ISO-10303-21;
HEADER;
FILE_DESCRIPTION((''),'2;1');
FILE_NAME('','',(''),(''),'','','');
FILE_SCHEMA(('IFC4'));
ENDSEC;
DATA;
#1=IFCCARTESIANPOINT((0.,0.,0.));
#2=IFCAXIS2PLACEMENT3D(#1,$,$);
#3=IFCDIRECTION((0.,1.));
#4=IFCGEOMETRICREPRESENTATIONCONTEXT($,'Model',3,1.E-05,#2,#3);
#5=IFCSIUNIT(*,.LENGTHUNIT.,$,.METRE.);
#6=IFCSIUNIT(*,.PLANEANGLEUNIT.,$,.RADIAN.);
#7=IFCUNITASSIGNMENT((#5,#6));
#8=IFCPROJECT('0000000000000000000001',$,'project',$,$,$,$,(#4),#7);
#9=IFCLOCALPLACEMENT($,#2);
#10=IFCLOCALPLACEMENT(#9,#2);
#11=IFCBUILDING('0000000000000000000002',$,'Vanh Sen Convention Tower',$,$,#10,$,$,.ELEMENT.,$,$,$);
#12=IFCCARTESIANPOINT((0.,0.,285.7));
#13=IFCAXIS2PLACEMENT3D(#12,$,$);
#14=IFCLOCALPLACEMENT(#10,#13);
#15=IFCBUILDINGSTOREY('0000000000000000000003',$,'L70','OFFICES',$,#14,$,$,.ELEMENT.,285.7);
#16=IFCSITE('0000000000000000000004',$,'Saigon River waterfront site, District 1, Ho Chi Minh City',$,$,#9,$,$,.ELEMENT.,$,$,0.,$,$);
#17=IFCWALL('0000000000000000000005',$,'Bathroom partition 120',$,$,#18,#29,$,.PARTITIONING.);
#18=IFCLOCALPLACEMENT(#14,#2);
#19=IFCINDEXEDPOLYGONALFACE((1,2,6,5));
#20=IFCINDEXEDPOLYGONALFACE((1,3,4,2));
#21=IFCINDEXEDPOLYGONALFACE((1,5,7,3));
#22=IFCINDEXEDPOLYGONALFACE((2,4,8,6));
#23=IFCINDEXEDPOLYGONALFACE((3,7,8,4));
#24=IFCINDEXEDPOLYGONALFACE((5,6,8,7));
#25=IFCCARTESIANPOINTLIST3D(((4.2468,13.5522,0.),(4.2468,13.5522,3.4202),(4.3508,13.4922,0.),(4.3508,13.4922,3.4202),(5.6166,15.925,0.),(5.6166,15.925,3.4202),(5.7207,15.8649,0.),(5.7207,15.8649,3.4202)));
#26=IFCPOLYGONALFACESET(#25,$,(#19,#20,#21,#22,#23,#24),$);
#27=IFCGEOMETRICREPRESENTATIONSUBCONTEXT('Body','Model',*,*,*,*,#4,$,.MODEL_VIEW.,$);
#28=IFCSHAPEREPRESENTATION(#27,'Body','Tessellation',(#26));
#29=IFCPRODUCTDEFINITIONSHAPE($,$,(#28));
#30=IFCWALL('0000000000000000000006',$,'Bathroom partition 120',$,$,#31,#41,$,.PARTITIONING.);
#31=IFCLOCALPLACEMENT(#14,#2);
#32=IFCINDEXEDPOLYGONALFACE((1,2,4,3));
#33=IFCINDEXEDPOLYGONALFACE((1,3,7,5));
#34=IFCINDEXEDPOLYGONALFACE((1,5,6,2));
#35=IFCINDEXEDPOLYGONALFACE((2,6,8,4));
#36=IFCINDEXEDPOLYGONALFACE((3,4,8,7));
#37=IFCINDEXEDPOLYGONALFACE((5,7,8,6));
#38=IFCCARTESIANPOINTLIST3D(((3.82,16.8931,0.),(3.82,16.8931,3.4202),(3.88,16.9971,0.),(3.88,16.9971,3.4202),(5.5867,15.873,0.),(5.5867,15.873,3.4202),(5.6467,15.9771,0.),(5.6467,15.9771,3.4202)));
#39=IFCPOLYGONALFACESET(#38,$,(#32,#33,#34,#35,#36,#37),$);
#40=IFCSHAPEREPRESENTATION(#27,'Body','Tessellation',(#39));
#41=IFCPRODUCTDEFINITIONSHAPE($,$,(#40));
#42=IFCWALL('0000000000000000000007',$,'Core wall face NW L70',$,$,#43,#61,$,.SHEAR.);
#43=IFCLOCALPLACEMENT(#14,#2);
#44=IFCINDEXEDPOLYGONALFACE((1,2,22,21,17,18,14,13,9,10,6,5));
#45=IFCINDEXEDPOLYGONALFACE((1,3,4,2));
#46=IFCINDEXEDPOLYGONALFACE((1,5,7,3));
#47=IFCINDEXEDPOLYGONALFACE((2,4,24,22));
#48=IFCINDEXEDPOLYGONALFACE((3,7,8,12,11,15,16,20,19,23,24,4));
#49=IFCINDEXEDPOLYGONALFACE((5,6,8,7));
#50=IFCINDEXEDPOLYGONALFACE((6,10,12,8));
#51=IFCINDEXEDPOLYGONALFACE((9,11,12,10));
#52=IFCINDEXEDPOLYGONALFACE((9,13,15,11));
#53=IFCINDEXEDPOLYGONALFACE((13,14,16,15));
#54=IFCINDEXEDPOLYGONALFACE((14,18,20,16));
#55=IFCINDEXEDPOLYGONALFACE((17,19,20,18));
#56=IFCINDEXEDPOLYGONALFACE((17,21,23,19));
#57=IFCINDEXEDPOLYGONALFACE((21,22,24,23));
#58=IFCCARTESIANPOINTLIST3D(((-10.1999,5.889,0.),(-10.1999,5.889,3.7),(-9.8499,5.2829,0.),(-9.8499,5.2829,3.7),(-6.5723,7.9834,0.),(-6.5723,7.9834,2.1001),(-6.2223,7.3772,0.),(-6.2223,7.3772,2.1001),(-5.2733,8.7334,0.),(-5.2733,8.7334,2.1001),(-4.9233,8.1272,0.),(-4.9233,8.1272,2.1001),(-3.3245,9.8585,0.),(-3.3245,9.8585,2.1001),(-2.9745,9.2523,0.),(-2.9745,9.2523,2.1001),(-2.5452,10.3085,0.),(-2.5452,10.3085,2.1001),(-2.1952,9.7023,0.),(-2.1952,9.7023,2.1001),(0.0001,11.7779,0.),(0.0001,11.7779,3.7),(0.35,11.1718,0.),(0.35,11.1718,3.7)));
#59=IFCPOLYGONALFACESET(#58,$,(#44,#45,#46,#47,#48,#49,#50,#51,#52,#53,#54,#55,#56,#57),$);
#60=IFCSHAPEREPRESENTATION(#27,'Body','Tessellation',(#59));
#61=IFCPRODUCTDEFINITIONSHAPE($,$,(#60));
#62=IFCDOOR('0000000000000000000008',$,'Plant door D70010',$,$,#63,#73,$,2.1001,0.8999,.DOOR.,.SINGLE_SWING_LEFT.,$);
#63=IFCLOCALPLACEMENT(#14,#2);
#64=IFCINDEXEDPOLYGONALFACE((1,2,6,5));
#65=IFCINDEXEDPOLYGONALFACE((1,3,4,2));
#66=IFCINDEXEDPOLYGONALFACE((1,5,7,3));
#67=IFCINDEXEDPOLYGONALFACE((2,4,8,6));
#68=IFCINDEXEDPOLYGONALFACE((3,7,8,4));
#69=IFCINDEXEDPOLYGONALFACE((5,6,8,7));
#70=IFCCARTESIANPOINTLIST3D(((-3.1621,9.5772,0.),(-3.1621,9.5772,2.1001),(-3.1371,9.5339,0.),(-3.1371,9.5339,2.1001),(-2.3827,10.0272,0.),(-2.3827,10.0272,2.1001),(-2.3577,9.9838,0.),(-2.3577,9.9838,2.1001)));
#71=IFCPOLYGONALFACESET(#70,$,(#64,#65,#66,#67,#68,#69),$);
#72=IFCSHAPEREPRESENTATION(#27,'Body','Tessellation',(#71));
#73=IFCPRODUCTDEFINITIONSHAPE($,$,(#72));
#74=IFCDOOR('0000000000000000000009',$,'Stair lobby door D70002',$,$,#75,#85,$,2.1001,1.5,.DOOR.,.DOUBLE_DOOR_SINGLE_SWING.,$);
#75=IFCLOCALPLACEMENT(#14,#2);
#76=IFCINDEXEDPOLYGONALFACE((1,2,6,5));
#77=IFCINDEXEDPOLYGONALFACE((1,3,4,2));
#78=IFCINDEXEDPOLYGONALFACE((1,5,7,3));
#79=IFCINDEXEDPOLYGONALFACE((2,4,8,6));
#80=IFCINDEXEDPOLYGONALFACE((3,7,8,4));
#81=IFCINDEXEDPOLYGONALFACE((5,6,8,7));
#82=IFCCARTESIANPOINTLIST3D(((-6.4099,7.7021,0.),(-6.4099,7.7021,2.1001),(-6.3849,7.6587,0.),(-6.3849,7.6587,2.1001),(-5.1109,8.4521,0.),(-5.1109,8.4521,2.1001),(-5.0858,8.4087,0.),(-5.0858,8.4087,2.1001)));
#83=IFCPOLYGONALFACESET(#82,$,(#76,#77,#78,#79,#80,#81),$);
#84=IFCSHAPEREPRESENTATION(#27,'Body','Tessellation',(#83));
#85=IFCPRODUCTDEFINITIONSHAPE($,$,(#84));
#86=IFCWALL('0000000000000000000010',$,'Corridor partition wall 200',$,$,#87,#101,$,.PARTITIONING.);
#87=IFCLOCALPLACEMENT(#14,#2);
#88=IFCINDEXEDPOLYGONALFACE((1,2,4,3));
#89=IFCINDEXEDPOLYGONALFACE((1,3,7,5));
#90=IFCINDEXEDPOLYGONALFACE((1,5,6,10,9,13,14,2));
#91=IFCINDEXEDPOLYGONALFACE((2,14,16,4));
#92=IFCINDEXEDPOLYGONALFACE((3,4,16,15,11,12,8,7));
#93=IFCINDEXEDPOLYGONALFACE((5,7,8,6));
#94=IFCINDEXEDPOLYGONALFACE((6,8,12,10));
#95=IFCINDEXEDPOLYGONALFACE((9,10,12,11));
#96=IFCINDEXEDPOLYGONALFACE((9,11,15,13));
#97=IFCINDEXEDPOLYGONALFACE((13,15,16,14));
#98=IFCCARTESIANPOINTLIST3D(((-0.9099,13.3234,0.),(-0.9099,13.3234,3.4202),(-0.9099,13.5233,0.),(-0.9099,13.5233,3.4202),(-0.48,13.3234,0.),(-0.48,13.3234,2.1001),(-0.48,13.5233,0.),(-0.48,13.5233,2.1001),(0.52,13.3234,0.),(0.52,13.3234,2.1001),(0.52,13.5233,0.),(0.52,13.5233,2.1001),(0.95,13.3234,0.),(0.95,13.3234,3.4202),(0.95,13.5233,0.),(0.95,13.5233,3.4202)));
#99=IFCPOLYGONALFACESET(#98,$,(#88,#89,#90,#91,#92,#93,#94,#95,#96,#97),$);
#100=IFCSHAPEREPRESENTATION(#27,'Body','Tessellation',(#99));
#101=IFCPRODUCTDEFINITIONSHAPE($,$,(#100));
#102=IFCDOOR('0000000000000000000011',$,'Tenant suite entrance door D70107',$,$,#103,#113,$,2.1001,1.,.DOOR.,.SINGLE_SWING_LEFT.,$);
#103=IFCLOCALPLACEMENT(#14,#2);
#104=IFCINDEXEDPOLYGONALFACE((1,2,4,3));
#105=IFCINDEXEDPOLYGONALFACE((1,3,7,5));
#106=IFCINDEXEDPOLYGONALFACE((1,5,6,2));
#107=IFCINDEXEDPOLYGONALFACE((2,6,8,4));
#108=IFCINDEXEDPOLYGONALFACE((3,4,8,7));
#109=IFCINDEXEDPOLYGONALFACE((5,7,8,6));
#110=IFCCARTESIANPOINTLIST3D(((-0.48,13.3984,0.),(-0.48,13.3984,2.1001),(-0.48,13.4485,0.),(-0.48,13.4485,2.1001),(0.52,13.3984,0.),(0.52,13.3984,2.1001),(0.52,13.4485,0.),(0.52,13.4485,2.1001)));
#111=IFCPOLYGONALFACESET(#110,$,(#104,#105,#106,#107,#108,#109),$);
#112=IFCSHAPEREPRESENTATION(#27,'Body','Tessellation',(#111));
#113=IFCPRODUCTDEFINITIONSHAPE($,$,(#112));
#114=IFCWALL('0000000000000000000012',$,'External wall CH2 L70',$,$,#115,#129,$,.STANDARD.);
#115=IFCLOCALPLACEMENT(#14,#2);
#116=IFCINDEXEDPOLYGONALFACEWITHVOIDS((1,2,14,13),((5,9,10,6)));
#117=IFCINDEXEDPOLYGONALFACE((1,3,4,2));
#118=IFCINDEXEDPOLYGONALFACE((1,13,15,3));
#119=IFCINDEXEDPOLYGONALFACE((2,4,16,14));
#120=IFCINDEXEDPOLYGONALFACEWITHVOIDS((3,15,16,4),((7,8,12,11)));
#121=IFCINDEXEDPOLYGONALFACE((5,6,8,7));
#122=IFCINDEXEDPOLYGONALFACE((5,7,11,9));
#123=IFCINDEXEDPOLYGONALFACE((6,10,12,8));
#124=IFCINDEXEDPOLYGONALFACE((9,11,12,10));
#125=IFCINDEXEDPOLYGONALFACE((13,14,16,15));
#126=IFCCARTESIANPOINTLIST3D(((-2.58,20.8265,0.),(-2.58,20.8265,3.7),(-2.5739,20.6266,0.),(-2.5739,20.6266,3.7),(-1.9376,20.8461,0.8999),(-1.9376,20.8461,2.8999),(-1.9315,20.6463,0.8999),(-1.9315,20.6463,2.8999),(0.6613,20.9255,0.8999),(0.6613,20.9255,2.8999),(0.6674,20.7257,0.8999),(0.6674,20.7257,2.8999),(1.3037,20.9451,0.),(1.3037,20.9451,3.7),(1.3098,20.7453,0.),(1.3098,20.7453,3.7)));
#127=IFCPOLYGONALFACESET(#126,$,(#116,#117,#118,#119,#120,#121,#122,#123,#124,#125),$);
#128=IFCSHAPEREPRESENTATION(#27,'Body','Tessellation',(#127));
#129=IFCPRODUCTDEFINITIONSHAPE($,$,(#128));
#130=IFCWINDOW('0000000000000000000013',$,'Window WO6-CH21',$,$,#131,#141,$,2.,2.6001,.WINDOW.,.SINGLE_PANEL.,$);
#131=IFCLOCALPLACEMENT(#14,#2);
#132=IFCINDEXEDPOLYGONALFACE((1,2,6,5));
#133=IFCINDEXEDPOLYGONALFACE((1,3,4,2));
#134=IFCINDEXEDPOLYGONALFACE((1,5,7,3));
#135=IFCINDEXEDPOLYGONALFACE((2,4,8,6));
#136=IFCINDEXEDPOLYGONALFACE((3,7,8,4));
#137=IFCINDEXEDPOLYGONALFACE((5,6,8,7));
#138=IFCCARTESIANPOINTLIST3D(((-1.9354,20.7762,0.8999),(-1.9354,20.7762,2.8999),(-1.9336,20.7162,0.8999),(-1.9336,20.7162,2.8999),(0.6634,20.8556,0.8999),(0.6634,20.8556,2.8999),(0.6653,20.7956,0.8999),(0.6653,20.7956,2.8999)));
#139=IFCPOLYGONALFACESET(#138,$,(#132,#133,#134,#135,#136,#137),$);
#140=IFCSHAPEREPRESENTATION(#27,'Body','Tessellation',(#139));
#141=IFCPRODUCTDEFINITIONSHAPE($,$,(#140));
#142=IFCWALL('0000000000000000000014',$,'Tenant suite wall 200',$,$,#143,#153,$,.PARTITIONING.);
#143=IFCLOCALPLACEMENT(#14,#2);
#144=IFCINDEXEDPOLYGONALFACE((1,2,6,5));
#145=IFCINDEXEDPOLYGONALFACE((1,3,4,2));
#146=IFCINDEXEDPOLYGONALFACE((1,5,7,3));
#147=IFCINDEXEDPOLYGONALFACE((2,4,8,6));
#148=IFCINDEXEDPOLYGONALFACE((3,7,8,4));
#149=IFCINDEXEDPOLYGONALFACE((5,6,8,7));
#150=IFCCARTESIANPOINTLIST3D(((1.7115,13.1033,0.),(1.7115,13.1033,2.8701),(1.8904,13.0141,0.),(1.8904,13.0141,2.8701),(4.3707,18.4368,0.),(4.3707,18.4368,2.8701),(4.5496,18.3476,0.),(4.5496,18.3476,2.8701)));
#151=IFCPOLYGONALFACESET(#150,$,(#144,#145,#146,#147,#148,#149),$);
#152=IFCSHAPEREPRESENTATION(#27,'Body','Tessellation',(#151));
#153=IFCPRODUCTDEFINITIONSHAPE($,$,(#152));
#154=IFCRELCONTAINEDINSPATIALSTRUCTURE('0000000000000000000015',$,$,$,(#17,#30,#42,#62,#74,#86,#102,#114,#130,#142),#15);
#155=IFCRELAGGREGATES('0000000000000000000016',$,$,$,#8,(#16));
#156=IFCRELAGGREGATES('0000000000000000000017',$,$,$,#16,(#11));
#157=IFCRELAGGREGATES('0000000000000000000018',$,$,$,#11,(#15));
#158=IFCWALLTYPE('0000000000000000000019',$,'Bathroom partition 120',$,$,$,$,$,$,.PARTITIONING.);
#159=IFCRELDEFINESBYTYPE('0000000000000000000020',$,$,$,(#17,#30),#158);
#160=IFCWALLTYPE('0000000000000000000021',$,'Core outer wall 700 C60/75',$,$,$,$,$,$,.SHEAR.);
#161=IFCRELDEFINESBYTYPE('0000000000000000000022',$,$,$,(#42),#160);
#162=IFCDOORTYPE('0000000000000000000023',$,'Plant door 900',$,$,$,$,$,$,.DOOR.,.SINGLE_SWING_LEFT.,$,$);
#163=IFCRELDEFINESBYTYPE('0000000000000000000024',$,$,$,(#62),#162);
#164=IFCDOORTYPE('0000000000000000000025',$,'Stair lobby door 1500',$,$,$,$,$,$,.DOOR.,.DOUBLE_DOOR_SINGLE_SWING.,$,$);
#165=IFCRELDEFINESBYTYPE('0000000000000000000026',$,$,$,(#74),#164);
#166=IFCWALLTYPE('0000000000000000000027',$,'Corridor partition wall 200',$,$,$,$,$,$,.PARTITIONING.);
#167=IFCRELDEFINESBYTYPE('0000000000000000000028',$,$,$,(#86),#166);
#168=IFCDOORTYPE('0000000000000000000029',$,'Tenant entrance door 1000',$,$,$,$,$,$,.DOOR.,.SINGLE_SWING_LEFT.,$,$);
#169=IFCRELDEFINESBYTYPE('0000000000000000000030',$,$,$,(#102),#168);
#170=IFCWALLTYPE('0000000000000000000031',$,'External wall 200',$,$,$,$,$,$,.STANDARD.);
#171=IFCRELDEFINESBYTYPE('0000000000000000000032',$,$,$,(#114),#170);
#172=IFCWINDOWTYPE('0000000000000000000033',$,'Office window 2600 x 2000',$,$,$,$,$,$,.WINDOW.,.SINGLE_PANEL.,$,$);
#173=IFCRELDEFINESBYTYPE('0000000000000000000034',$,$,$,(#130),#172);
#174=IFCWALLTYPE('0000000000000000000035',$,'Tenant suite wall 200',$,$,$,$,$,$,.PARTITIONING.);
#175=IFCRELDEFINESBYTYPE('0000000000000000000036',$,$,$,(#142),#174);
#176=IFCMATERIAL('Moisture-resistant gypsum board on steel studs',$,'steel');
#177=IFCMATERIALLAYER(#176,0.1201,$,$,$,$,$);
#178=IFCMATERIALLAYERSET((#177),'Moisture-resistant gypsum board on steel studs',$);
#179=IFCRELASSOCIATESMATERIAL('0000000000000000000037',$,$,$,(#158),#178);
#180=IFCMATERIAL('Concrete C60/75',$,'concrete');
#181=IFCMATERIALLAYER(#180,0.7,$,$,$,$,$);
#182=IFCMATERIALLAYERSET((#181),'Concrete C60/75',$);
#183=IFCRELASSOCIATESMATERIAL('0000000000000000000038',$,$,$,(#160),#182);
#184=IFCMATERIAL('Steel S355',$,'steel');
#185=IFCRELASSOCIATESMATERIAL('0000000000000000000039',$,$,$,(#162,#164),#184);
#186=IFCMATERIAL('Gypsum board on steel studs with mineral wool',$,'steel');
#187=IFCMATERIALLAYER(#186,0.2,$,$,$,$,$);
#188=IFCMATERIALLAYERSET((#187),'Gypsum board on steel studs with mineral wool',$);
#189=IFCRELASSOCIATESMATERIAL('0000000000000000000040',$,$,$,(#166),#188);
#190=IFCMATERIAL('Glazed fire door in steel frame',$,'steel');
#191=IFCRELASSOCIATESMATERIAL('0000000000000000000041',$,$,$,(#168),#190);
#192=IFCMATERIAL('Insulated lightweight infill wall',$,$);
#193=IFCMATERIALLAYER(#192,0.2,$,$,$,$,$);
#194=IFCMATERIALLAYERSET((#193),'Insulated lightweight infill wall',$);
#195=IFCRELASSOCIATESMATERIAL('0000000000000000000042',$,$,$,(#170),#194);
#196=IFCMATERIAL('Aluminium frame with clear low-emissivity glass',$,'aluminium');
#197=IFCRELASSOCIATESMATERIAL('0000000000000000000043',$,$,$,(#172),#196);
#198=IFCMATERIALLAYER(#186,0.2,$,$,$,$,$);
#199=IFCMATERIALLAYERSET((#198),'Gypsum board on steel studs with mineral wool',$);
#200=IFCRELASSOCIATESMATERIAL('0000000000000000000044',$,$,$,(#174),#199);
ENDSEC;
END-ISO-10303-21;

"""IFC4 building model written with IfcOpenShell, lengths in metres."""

from ifc_helpers import new_model, si_unit, direction, frame, frame_2d, origin, place, context, subcontext, project, spatial, rectangle, extrude, material, layer, layer_set, type_object, element, fill, save


model = new_model("IFC4")

# Units and contexts
model_context = context("Model", 3, precision=1e-05, world=origin(), true_north=direction((0.0, 1.0)))
body_context = subcontext(model_context, "Body", "Model", "MODEL_VIEW")
ifc_project = project(units=[si_unit("LENGTHUNIT", "METRE"), si_unit("PLANEANGLEUNIT", "RADIAN")], contexts=[model_context])

# Site, building, storey
site_placement = place(None, origin())
site = spatial("IfcSite", under=ifc_project, at=site_placement, Name="Saigon River waterfront site, District 1, Ho Chi Minh City", CompositionType="ELEMENT", RefElevation=0.0)
building_placement = place(site_placement, origin())
building = spatial("IfcBuilding", under=site, at=building_placement, Name="Vanh Sen Convention Tower", CompositionType="ELEMENT")
storey_placement = place(building_placement, frame((0.0, 0.0, 285.7)))
storey = spatial("IfcBuildingStorey", under=building, at=storey_placement, Name="L70", Description="OFFICES", CompositionType="ELEMENT", Elevation=285.7)

# Shared definitions
ifc_material_1 = material(Name="Concrete C60/75", Category="concrete")

# Walls
ifc_material_2 = material(Name="Moisture-resistant gypsum board on steel studs", Category="steel")
ifc_layer_1 = layer(ifc_material_2, 0.1201)
ifc_layer_set_1 = layer_set([ifc_layer_1], Name="Moisture-resistant gypsum board on steel studs")
wall_type_1 = type_object("IfcWallType", Name="Bathroom partition 120", PredefinedType="PARTITIONING", material=ifc_layer_set_1)
wall_1_placement = place(storey_placement, frame((4.2988, 13.5222, 0.0), z_axis=(0.0, 0.0, 1.0), x_axis=(0.499982, 0.866036, 0.0)))
element("IfcWall", 1, at=wall_1_placement, inside=storey, type_object=wall_type_1, Name="Bathroom partition 120", PredefinedType="PARTITIONING", context=body_context, shape_type="SweptSolid", body=[
    extrude(rectangle(XDim=2.7397, YDim=0.1201, at=frame_2d((1.3699, 0.0))), origin(), (0.0, 0.0, 1.0), 3.4202),
])
wall_2_placement = place(storey_placement, frame((5.6167, 15.925, 0.0), z_axis=(0.0, 0.0, 1.0), x_axis=(-0.86601, 0.500026, 0.0)))
element("IfcWall", 2, at=wall_2_placement, inside=storey, type_object=wall_type_1, Name="Bathroom partition 120", PredefinedType="PARTITIONING", context=body_context, shape_type="SweptSolid", body=[
    extrude(rectangle(XDim=2.04, YDim=0.1201, at=frame_2d((1.02, 0.0))), origin(), (0.0, 0.0, 1.0), 3.4202),
])

# Wall, openings, doors
ifc_layer_2 = layer(ifc_material_1, 0.7)
ifc_layer_set_2 = layer_set([ifc_layer_2], Name="Concrete C60/75")
wall_type_2 = type_object("IfcWallType", Name="Core outer wall 700 C60/75", PredefinedType="SHEAR", material=ifc_layer_set_2)
wall_3_placement = place(storey_placement, frame((0.175, 11.4749, 0.0), z_axis=(0.0, 0.0, 1.0), x_axis=(-0.866026, -0.499998, 0.0)))
wall_3 = element("IfcWall", 3, at=wall_3_placement, inside=storey, type_object=wall_type_2, Name="Core wall face NW L70", PredefinedType="SHEAR", context=body_context, shape_type="SweptSolid", body=[
    extrude(rectangle(XDim=11.7778, YDim=0.7, at=frame_2d((5.8889, 0.0))), origin(), (0.0, 0.0, 1.0), 3.7),
])
opening_1_placement = place(wall_3_placement, frame((6.0891, 0.0, 0.0)))
opening_1 = element("IfcOpeningElement", 4, at=opening_1_placement, cuts=wall_3, PredefinedType="OPENING", context=body_context, shape_type="SweptSolid", body=[
    extrude(rectangle(XDim=1.5, YDim=2.1001, at=frame_2d((0.75, 1.05))), frame((0.0, 0.3599, 0.0), z_axis=(0.0, -1.0, 0.0), x_axis=(1.0, 0.0, 0.0)), (0.0, 0.0, 1.0), 0.72),
])
opening_2_placement = place(wall_3_placement, frame((2.939, 0.0, 0.0)))
opening_2 = element("IfcOpeningElement", 5, at=opening_2_placement, cuts=wall_3, PredefinedType="OPENING", context=body_context, shape_type="SweptSolid", body=[
    extrude(rectangle(XDim=0.8999, YDim=2.1001, at=frame_2d((0.45, 1.05))), frame((0.0, 0.3599, 0.0), z_axis=(0.0, -1.0, 0.0), x_axis=(1.0, 0.0, 0.0)), (0.0, 0.0, 1.0), 0.72),
])
ifc_material_3 = material(Name="Steel S355", Category="steel")
door_type_1 = type_object("IfcDoorType", Name="Plant door 900", OperationType="SINGLE_SWING_LEFT", PredefinedType="DOOR", material=ifc_material_3)
door_1_placement = place(opening_2_placement, origin())
door_1 = element("IfcDoor", 6, at=door_1_placement, inside=storey, type_object=door_type_1, Name="Plant door D70010", OperationType="SINGLE_SWING_LEFT", OverallHeight=2.1001, OverallWidth=0.8999, PredefinedType="DOOR", context=body_context, shape_type="SweptSolid", body=[
    extrude(rectangle(XDim=0.8999, YDim=2.1001, at=frame_2d((0.45, 1.05))), frame((0.0, 0.0249, 0.0), z_axis=(0.0, -1.0, 0.0), x_axis=(1.0, 0.0, 0.0)), (0.0, 0.0, 1.0), 0.05),
])
fill(opening_2, door_1)
door_type_2 = type_object("IfcDoorType", Name="Stair lobby door 1500", OperationType="DOUBLE_DOOR_SINGLE_SWING", PredefinedType="DOOR", material=ifc_material_3)
door_2_placement = place(opening_1_placement, origin())
door_2 = element("IfcDoor", 7, at=door_2_placement, inside=storey, type_object=door_type_2, Name="Stair lobby door D70002", OperationType="DOUBLE_DOOR_SINGLE_SWING", OverallHeight=2.1001, OverallWidth=1.5, PredefinedType="DOOR", context=body_context, shape_type="SweptSolid", body=[
    extrude(rectangle(XDim=1.5, YDim=2.1001, at=frame_2d((0.75, 1.05))), frame((0.0, 0.0249, 0.0), z_axis=(0.0, -1.0, 0.0), x_axis=(1.0, 0.0, 0.0)), (0.0, 0.0, 1.0), 0.05),
])
fill(opening_1, door_2)

# Wall, opening, door
ifc_material_4 = material(Name="Gypsum board on steel studs with mineral wool", Category="steel")
ifc_layer_3 = layer(ifc_material_4, 0.2)
ifc_layer_set_3 = layer_set([ifc_layer_3], Name="Gypsum board on steel studs with mineral wool")
wall_type_3 = type_object("IfcWallType", Name="Corridor partition wall 200", PredefinedType="PARTITIONING", material=ifc_layer_set_3)
wall_4_placement = place(storey_placement, frame((0.95, 13.4233, 0.0), z_axis=(0.0, 0.0, 1.0), x_axis=(-1.0, 0.0, 0.0)))
wall_4 = element("IfcWall", 8, at=wall_4_placement, inside=storey, type_object=wall_type_3, Name="Corridor partition wall 200", PredefinedType="PARTITIONING", context=body_context, shape_type="SweptSolid", body=[
    extrude(rectangle(XDim=1.8599, YDim=0.2, at=frame_2d((0.9299, 0.0))), origin(), (0.0, 0.0, 1.0), 3.4202),
])
opening_3_placement = place(wall_4_placement, frame((0.4299, 0.0, 0.0)))
opening_3 = element("IfcOpeningElement", 9, at=opening_3_placement, cuts=wall_4, PredefinedType="OPENING", context=body_context, shape_type="SweptSolid", body=[
    extrude(rectangle(XDim=1.0, YDim=2.1001, at=frame_2d((0.5, 1.05))), frame((0.0, 0.1099, 0.0), z_axis=(0.0, -1.0, 0.0), x_axis=(1.0, 0.0, 0.0)), (0.0, 0.0, 1.0), 0.22),
])
ifc_material_5 = material(Name="Glazed fire door in steel frame", Category="steel")
door_type_3 = type_object("IfcDoorType", Name="Tenant entrance door 1000", OperationType="SINGLE_SWING_LEFT", PredefinedType="DOOR", material=ifc_material_5)
door_3_placement = place(opening_3_placement, origin())
door_3 = element("IfcDoor", 10, at=door_3_placement, inside=storey, type_object=door_type_3, Name="Tenant suite entrance door D70107", OperationType="SINGLE_SWING_LEFT", OverallHeight=2.1001, OverallWidth=1.0, PredefinedType="DOOR", context=body_context, shape_type="SweptSolid", body=[
    extrude(rectangle(XDim=1.0, YDim=2.1001, at=frame_2d((0.5, 1.05))), frame((0.0, 0.0249, 0.0), z_axis=(0.0, -1.0, 0.0), x_axis=(1.0, 0.0, 0.0)), (0.0, 0.0, 1.0), 0.05),
])
fill(opening_3, door_3)

# Wall, opening, window
ifc_material_6 = material(Name="Insulated lightweight infill wall")
ifc_layer_4 = layer(ifc_material_6, 0.2)
ifc_layer_set_4 = layer_set([ifc_layer_4], Name="Insulated lightweight infill wall")
wall_type_4 = type_object("IfcWallType", Name="External wall 200", PredefinedType="STANDARD", material=ifc_layer_set_4)
wall_5_placement = place(storey_placement, frame((1.3069, 20.8452, 0.0), z_axis=(0.0, 0.0, 1.0), x_axis=(-0.999534, -0.030536, 0.0)))
wall_5 = element("IfcWall", 11, at=wall_5_placement, inside=storey, type_object=wall_type_4, Name="External wall CH2 L70", PredefinedType="STANDARD", context=body_context, shape_type="SweptSolid", body=[
    extrude(rectangle(XDim=3.8855, YDim=0.2, at=frame_2d((1.9429, 0.0))), origin(), (0.0, 0.0, 1.0), 3.7),
])
opening_4_placement = place(wall_5_placement, frame((0.6428, 0.0, 0.8999)))
opening_4 = element("IfcOpeningElement", 12, at=opening_4_placement, cuts=wall_5, PredefinedType="OPENING", context=body_context, shape_type="SweptSolid", body=[
    extrude(rectangle(XDim=2.6001, YDim=2.0, at=frame_2d((1.3, 1.0))), frame((0.0, 0.1099, 0.0), z_axis=(0.0, -1.0, 0.0), x_axis=(1.0, 0.0, 0.0)), (0.0, 0.0, 1.0), 0.22),
])
ifc_material_7 = material(Name="Aluminium frame with clear low-emissivity glass", Category="aluminium")
window_type = type_object("IfcWindowType", Name="Office window 2600 x 2000", PartitioningType="SINGLE_PANEL", PredefinedType="WINDOW", material=ifc_material_7)
window_placement = place(opening_4_placement, origin())
window = element("IfcWindow", 13, at=window_placement, inside=storey, type_object=window_type, Name="Window WO6-CH21", OverallHeight=2.0, OverallWidth=2.6001, PartitioningType="SINGLE_PANEL", PredefinedType="WINDOW", context=body_context, shape_type="SweptSolid", body=[
    extrude(rectangle(XDim=2.6001, YDim=2.0, at=frame_2d((1.3, 1.0))), frame((0.0, 0.03, 0.0), z_axis=(0.0, -1.0, 0.0), x_axis=(1.0, 0.0, 0.0)), (0.0, 0.0, 1.0), 0.0601),
])
fill(opening_4, window)

# Wall
ifc_layer_5 = layer(ifc_material_4, 0.2)
ifc_layer_set_5 = layer_set([ifc_layer_5], Name="Gypsum board on steel studs with mineral wool")
wall_type_5 = type_object("IfcWallType", Name="Tenant suite wall 200", PredefinedType="PARTITIONING", material=ifc_layer_set_5)
wall_6_placement = place(storey_placement, frame((4.4602, 18.3923, 0.0), z_axis=(0.0, 0.0, 1.0), x_axis=(-0.446197, -0.894935, 0.0)))
element("IfcWall", 14, at=wall_6_placement, inside=storey, type_object=wall_type_5, Name="Tenant suite wall 200", PredefinedType="PARTITIONING", context=body_context, shape_type="SweptSolid", body=[
    extrude(rectangle(XDim=5.9597, YDim=0.2, at=frame_2d((2.98, 0.0))), origin(), (0.0, 0.0, 1.0), 2.8701),
])

save(model, "model.ifc")
